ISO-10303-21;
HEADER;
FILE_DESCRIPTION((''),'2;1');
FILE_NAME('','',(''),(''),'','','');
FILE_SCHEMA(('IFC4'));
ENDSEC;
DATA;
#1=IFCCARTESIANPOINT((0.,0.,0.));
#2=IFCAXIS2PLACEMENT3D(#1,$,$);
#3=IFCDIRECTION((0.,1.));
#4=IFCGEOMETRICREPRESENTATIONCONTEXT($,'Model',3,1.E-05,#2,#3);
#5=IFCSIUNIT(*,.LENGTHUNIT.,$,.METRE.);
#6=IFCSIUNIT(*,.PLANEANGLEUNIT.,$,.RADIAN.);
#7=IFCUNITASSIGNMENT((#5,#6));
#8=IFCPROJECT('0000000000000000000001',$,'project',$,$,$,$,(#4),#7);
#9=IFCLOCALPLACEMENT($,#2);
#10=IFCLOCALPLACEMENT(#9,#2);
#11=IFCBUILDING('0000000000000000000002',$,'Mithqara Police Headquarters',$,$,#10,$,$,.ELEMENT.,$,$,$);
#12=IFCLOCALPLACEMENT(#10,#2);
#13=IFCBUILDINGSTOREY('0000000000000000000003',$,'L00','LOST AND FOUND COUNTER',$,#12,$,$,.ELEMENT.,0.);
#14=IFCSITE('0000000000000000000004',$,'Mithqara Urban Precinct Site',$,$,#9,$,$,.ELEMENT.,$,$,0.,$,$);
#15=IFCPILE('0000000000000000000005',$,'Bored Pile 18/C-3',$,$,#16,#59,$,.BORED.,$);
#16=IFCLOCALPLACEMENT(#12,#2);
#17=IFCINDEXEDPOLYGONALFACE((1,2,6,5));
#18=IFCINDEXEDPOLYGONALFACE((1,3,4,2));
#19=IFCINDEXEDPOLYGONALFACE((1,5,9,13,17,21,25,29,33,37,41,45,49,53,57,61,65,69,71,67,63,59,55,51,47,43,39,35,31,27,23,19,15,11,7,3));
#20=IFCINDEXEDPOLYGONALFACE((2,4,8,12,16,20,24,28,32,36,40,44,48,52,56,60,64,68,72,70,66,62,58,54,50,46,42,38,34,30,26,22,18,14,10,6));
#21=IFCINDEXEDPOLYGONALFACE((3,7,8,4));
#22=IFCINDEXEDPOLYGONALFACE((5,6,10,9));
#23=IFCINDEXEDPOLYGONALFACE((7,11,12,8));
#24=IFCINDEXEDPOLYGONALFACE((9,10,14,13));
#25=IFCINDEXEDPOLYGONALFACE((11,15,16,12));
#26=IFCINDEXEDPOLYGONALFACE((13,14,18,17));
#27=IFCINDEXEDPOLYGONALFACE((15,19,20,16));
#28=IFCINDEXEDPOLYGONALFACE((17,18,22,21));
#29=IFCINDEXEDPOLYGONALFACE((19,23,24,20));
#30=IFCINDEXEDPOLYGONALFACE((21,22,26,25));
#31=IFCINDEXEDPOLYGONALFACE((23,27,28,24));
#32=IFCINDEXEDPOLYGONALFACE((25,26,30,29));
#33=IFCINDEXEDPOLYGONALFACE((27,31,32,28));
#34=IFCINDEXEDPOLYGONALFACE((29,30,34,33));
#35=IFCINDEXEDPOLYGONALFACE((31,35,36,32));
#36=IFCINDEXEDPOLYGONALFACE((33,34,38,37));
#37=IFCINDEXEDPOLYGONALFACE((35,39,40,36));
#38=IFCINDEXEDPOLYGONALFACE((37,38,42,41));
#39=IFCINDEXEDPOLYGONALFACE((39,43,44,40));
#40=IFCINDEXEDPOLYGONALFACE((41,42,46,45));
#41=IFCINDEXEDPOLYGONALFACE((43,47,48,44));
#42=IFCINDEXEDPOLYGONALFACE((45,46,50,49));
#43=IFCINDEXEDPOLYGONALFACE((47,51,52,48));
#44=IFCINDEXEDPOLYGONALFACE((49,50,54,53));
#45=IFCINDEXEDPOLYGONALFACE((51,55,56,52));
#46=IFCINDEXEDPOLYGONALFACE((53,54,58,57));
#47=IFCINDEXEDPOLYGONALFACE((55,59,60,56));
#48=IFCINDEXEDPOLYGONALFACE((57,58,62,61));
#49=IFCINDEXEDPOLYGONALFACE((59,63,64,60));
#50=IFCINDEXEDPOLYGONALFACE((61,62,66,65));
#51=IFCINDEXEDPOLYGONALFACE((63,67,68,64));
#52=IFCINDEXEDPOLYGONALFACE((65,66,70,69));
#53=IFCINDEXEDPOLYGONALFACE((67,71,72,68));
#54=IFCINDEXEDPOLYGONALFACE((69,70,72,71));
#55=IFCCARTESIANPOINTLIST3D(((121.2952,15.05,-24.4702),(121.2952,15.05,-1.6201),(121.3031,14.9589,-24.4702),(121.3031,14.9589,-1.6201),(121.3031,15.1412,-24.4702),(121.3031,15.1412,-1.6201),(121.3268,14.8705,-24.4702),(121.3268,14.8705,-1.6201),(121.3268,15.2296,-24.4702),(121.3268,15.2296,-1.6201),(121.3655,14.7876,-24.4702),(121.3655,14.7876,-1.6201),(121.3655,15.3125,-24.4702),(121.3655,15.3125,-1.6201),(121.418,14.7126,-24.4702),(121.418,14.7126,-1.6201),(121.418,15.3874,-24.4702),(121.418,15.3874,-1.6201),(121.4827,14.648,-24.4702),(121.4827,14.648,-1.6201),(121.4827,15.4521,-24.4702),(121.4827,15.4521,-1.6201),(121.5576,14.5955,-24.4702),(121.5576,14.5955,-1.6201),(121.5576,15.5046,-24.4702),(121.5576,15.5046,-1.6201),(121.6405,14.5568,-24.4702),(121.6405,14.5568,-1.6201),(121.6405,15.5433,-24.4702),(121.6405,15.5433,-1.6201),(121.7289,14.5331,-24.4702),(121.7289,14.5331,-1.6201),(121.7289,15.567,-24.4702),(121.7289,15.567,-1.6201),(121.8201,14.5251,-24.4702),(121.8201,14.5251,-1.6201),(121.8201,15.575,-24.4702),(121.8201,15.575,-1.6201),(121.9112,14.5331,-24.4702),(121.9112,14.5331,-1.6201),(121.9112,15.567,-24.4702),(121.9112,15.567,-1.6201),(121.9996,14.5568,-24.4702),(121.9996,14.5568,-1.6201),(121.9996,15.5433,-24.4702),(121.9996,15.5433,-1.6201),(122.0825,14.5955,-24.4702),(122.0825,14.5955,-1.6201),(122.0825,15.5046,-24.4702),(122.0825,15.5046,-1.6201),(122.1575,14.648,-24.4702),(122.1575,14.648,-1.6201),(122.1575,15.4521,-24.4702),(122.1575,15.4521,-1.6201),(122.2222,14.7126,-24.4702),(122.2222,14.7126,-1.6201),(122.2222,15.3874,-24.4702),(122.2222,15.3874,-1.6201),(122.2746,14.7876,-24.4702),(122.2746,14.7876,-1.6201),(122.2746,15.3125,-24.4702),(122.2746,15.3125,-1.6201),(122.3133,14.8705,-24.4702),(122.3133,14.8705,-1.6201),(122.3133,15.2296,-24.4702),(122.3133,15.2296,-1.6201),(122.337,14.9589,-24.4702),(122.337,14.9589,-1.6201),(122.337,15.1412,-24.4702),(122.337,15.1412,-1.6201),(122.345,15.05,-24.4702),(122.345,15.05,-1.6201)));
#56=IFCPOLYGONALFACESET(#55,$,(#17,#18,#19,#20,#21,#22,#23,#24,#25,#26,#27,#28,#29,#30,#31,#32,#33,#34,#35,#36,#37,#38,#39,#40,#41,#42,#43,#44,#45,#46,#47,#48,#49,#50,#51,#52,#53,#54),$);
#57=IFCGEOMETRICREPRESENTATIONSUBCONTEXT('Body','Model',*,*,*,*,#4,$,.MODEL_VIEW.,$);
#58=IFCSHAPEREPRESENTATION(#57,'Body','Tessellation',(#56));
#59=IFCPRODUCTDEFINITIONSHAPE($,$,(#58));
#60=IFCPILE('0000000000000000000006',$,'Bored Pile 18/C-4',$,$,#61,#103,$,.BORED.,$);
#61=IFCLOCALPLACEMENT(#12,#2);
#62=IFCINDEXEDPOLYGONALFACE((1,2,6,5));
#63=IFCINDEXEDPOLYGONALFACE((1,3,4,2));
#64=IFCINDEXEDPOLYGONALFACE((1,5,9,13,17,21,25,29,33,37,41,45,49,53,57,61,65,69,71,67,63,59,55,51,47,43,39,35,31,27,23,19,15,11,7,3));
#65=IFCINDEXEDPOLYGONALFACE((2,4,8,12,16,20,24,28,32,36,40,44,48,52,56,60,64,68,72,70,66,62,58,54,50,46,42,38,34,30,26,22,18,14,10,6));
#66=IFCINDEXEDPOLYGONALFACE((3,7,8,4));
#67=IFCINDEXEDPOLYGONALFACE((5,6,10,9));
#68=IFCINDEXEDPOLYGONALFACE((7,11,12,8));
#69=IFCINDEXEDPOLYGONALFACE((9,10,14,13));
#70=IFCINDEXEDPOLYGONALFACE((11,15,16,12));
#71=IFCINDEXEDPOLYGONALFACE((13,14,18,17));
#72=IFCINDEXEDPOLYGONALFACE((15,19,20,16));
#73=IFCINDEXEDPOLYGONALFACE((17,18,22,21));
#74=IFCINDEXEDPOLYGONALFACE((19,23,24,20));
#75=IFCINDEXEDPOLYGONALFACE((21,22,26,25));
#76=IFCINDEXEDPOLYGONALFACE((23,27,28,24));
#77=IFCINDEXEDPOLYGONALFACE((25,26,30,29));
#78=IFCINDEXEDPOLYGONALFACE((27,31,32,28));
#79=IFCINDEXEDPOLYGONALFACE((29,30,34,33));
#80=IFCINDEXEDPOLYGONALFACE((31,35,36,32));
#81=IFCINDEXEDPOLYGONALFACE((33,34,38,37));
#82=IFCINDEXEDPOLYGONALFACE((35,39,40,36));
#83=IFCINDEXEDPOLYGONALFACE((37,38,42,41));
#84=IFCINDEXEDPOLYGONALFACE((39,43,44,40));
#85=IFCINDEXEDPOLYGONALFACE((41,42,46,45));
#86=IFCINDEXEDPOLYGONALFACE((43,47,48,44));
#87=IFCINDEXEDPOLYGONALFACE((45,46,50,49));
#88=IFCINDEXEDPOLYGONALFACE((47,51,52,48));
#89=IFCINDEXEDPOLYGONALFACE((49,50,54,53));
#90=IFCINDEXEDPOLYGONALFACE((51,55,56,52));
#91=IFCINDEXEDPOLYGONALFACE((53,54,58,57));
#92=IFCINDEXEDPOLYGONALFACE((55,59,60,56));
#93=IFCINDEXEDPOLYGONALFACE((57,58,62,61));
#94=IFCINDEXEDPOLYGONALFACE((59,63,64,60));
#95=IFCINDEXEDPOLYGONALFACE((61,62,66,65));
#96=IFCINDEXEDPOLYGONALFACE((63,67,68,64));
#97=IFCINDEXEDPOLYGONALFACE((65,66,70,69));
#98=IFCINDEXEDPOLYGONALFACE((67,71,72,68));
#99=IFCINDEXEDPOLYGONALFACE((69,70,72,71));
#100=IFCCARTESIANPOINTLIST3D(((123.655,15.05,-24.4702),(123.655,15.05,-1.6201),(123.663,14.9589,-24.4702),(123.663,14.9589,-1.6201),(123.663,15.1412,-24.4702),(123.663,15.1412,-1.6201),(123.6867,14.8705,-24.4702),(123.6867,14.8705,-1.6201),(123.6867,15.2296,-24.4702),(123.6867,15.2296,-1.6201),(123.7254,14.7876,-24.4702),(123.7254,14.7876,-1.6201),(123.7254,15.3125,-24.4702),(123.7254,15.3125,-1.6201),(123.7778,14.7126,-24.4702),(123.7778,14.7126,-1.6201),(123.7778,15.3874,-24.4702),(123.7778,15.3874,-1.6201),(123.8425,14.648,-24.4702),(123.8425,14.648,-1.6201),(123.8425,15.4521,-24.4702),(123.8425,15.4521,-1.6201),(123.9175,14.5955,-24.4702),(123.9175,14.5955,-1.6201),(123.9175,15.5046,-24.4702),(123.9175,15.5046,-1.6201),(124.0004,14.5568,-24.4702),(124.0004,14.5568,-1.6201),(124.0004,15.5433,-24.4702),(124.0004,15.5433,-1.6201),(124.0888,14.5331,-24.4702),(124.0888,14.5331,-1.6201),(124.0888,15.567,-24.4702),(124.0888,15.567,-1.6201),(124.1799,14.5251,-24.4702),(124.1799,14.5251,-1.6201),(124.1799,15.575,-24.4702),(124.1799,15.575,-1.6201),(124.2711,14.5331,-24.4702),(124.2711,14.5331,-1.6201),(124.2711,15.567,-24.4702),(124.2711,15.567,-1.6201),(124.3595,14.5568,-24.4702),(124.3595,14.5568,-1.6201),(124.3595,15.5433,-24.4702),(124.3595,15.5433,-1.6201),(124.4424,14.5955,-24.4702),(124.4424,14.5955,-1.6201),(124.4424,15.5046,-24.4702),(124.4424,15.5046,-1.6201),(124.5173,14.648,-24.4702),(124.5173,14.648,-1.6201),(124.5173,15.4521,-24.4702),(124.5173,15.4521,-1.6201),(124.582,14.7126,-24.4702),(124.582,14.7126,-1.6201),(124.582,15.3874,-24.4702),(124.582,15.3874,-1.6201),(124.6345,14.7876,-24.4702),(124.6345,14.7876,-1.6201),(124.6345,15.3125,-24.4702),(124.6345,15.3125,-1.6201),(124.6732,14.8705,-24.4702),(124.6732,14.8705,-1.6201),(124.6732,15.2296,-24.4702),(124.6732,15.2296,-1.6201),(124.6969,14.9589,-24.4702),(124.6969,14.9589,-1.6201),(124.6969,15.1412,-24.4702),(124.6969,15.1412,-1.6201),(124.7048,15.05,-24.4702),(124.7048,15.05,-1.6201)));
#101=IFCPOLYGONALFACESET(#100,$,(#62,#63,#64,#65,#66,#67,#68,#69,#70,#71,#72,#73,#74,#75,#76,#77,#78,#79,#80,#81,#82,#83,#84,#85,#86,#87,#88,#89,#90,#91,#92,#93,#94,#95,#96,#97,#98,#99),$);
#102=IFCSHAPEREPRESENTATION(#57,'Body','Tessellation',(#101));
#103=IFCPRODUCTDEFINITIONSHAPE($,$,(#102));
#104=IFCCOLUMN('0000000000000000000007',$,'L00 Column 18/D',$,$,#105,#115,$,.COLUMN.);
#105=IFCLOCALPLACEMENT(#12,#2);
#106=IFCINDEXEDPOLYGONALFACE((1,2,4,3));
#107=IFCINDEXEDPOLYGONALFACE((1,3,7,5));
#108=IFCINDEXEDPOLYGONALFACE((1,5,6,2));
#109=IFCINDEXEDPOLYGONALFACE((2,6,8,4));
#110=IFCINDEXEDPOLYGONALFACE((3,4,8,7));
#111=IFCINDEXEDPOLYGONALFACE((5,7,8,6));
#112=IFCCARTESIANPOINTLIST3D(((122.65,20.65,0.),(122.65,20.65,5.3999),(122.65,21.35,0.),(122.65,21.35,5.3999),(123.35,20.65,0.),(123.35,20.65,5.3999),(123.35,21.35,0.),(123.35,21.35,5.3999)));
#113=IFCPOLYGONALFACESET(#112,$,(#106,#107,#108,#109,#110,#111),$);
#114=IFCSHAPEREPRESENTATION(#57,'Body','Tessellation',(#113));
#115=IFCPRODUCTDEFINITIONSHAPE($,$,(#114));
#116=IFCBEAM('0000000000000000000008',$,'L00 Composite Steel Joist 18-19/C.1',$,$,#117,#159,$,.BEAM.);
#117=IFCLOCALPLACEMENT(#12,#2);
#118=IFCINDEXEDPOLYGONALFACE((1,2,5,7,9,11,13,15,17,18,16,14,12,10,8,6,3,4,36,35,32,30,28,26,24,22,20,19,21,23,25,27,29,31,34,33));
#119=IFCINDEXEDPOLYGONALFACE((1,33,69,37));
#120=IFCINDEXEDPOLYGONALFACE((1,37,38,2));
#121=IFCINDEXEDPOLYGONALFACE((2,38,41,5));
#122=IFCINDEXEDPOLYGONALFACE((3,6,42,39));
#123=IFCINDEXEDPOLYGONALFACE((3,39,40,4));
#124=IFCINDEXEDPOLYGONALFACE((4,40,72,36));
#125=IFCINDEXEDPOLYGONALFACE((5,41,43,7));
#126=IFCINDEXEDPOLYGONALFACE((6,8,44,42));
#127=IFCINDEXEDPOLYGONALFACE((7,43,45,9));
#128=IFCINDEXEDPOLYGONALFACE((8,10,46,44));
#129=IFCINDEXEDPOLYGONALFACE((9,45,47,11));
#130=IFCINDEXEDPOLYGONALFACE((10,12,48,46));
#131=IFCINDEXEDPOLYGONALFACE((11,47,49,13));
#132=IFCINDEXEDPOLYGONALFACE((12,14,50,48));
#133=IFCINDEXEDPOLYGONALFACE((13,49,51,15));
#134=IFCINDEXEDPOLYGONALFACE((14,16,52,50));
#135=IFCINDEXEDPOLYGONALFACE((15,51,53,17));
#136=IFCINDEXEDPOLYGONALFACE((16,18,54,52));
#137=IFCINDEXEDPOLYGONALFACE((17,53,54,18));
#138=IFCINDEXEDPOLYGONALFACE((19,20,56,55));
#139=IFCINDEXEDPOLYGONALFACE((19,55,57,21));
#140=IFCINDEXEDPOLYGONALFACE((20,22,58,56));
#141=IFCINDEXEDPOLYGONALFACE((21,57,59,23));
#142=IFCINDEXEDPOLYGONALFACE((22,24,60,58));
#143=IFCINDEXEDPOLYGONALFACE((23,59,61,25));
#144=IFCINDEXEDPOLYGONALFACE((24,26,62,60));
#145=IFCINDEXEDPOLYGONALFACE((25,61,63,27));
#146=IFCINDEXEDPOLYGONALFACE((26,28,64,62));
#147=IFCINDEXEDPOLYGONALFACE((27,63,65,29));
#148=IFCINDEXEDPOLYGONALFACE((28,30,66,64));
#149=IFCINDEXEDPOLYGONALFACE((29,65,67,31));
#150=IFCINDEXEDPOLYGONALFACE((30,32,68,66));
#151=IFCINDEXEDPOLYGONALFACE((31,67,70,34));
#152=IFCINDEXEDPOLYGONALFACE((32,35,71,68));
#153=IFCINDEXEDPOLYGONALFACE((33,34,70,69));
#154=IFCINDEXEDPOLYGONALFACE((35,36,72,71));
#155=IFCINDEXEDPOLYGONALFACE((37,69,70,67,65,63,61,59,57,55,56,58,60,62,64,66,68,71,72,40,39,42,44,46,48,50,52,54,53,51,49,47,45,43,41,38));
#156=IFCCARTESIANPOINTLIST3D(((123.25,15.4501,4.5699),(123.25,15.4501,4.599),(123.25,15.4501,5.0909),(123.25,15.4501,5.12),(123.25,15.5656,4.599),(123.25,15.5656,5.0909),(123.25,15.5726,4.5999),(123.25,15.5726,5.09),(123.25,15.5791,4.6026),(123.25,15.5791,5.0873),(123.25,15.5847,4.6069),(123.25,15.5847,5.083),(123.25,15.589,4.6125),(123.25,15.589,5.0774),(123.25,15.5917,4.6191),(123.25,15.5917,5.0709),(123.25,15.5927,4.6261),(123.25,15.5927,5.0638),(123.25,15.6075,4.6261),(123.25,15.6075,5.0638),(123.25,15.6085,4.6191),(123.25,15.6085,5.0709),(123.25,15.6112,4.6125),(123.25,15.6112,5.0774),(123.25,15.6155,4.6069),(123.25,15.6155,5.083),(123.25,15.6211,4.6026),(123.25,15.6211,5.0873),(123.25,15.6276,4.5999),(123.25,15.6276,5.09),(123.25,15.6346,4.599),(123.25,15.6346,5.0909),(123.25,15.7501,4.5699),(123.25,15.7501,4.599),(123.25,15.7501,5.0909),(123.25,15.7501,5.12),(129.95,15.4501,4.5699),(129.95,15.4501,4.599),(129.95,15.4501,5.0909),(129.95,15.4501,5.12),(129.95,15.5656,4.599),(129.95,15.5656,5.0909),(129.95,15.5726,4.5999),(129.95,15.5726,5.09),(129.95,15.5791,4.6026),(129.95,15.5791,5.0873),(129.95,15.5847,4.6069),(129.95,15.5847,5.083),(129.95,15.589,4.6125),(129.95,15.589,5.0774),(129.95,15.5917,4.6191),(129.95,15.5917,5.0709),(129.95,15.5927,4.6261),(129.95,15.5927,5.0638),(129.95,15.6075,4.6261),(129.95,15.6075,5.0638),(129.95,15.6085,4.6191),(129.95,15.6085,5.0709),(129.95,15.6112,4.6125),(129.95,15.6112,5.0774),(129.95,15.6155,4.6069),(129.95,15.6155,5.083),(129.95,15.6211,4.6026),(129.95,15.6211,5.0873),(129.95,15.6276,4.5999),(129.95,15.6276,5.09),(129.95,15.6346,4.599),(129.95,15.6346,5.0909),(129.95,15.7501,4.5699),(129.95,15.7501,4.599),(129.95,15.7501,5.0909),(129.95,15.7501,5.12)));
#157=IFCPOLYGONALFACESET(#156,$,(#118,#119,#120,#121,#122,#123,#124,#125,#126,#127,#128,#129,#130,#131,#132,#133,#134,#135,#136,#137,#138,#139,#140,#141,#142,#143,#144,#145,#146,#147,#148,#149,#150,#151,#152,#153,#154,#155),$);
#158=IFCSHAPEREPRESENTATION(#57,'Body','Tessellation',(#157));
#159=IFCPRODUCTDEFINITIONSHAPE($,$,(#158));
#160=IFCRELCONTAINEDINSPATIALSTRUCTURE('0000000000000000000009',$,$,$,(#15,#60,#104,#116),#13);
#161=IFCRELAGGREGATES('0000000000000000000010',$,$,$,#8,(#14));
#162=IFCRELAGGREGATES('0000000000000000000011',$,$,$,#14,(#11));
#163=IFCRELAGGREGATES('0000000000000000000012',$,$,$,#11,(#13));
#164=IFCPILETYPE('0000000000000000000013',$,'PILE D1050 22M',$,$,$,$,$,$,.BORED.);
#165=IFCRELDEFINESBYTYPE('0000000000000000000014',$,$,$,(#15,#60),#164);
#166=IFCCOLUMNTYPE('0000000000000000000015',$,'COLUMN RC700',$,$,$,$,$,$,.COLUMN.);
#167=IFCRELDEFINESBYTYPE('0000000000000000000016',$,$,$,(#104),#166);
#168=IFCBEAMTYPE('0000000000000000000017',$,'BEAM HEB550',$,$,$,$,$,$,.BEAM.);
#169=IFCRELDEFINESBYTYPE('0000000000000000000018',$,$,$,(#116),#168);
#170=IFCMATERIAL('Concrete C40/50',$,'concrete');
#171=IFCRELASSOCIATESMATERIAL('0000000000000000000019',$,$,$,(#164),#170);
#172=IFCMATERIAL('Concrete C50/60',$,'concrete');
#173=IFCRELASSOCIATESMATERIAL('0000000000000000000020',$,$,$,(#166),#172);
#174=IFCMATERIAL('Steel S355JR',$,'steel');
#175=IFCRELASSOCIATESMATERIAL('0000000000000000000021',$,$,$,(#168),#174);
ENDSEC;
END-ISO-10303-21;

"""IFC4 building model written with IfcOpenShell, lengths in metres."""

from ifc_helpers import new_model, si_unit, direction, frame, origin, origin_2d, place, context, subcontext, project, spatial, rectangle, circle, i_section, extrude, material, material_profile, profile_set, type_object, element, save


model = new_model("IFC4")

# Units and contexts
model_context = context("Model", 3, precision=1e-05, world=origin(), true_north=direction((0.0, 1.0)))
body_context = subcontext(model_context, "Body", "Model", "MODEL_VIEW")
ifc_project = project(units=[si_unit("LENGTHUNIT", "METRE"), si_unit("PLANEANGLEUNIT", "RADIAN")], contexts=[model_context])

# Site, building, storey
site_placement = place(None, origin())
site = spatial("IfcSite", under=ifc_project, at=site_placement, Name="Mithqara Urban Precinct Site", CompositionType="ELEMENT", RefElevation=0.0)
building_placement = place(site_placement, origin())
building = spatial("IfcBuilding", under=site, at=building_placement, Name="Mithqara Police Headquarters", CompositionType="ELEMENT")
storey_placement = place(building_placement, origin())
storey = spatial("IfcBuildingStorey", under=building, at=storey_placement, Name="L00", Description="LOST AND FOUND COUNTER", CompositionType="ELEMENT", Elevation=0.0)

# Piles
ifc_material_1 = material(Name="Concrete C40/50", Category="concrete")
ifc_material_profile_1 = material_profile(ifc_material_1, circle(Radius=0.5249, at=origin_2d()), Name="PILE D1050")
ifc_profile_set_1 = profile_set([ifc_material_profile_1], Name="Concrete C40/50")
pile_type = type_object("IfcPileType", Name="PILE D1050 22M", PredefinedType="BORED", material=ifc_profile_set_1)
for number, where, z_axis, x_axis, name in (
    (1, (121.8201, 15.05, -1.6201), (0.0, 0.0, -1.0), (1.0, 0.0, 0.0), "Bored Pile 18/C-3"),
    (2, (124.1799, 15.05, -1.6201), (0.0, 0.0, -1.0), (1.0, 0.0, 0.0), "Bored Pile 18/C-4"),
):
    element("IfcPile", number, at=place(storey_placement, frame(where, z_axis=z_axis, x_axis=x_axis)), inside=storey, type_object=pile_type, Name=name, PredefinedType="BORED", context=body_context, shape_type="SweptSolid", body=[
        extrude(circle(Radius=0.5249, at=origin_2d()), origin(), (0.0, 0.0, 1.0), 22.8501),
    ])

# Column
ifc_material_2 = material(Name="Concrete C50/60", Category="concrete")
ifc_material_profile_2 = material_profile(ifc_material_2, rectangle(XDim=0.7, YDim=0.7, at=origin_2d()), Name="RC 700x700")
ifc_profile_set_2 = profile_set([ifc_material_profile_2], Name="Concrete C50/60")
column_type = type_object("IfcColumnType", Name="COLUMN RC700", PredefinedType="COLUMN", material=ifc_profile_set_2)
column_placement = place(storey_placement, frame((123.0, 21.0, 0.0), z_axis=(0.0, 0.0, 1.0), x_axis=(1.0, 0.0, 0.0)))
element("IfcColumn", 3, at=column_placement, inside=storey, type_object=column_type, Name="L00 Column 18/D", PredefinedType="COLUMN", context=body_context, shape_type="SweptSolid", body=[
    extrude(rectangle(XDim=0.7, YDim=0.7, at=origin_2d()), origin(), (0.0, 0.0, 1.0), 5.3999),
])

# Beam
ifc_material_3 = material(Name="Steel S355JR", Category="steel")
ifc_material_profile_3 = material_profile(ifc_material_3, i_section(OverallWidth=0.3, OverallDepth=0.55, WebThickness=0.0149, FlangeThickness=0.0291, FilletRadius=0.0271, at=origin_2d()), Name="HEB 550")
ifc_profile_set_3 = profile_set([ifc_material_profile_3], Name="Steel S355JR")
beam_type_1 = type_object("IfcBeamType", Name="BEAM HEB550", PredefinedType="BEAM", material=ifc_profile_set_3)
for number, where, z_axis, x_axis, name in (
    (4, (123.25, 15.6001, 4.845), (1.0, 0.0, 0.0), (0.0, 1.0, 0.0), "L00 Composite Steel Joist 18-19/C.1"),
):
    element("IfcBeam", number, at=place(storey_placement, frame(where, z_axis=z_axis, x_axis=x_axis)), inside=storey, type_object=beam_type_1, Name=name, PredefinedType="BEAM", context=body_context, shape_type="SweptSolid", body=[
        extrude(i_section(OverallWidth=0.3, OverallDepth=0.55, WebThickness=0.0149, FlangeThickness=0.0291, FilletRadius=0.0271, at=origin_2d()), origin(), (0.0, 0.0, 1.0), 6.7),
    ])

save(model, "model.ifc")
